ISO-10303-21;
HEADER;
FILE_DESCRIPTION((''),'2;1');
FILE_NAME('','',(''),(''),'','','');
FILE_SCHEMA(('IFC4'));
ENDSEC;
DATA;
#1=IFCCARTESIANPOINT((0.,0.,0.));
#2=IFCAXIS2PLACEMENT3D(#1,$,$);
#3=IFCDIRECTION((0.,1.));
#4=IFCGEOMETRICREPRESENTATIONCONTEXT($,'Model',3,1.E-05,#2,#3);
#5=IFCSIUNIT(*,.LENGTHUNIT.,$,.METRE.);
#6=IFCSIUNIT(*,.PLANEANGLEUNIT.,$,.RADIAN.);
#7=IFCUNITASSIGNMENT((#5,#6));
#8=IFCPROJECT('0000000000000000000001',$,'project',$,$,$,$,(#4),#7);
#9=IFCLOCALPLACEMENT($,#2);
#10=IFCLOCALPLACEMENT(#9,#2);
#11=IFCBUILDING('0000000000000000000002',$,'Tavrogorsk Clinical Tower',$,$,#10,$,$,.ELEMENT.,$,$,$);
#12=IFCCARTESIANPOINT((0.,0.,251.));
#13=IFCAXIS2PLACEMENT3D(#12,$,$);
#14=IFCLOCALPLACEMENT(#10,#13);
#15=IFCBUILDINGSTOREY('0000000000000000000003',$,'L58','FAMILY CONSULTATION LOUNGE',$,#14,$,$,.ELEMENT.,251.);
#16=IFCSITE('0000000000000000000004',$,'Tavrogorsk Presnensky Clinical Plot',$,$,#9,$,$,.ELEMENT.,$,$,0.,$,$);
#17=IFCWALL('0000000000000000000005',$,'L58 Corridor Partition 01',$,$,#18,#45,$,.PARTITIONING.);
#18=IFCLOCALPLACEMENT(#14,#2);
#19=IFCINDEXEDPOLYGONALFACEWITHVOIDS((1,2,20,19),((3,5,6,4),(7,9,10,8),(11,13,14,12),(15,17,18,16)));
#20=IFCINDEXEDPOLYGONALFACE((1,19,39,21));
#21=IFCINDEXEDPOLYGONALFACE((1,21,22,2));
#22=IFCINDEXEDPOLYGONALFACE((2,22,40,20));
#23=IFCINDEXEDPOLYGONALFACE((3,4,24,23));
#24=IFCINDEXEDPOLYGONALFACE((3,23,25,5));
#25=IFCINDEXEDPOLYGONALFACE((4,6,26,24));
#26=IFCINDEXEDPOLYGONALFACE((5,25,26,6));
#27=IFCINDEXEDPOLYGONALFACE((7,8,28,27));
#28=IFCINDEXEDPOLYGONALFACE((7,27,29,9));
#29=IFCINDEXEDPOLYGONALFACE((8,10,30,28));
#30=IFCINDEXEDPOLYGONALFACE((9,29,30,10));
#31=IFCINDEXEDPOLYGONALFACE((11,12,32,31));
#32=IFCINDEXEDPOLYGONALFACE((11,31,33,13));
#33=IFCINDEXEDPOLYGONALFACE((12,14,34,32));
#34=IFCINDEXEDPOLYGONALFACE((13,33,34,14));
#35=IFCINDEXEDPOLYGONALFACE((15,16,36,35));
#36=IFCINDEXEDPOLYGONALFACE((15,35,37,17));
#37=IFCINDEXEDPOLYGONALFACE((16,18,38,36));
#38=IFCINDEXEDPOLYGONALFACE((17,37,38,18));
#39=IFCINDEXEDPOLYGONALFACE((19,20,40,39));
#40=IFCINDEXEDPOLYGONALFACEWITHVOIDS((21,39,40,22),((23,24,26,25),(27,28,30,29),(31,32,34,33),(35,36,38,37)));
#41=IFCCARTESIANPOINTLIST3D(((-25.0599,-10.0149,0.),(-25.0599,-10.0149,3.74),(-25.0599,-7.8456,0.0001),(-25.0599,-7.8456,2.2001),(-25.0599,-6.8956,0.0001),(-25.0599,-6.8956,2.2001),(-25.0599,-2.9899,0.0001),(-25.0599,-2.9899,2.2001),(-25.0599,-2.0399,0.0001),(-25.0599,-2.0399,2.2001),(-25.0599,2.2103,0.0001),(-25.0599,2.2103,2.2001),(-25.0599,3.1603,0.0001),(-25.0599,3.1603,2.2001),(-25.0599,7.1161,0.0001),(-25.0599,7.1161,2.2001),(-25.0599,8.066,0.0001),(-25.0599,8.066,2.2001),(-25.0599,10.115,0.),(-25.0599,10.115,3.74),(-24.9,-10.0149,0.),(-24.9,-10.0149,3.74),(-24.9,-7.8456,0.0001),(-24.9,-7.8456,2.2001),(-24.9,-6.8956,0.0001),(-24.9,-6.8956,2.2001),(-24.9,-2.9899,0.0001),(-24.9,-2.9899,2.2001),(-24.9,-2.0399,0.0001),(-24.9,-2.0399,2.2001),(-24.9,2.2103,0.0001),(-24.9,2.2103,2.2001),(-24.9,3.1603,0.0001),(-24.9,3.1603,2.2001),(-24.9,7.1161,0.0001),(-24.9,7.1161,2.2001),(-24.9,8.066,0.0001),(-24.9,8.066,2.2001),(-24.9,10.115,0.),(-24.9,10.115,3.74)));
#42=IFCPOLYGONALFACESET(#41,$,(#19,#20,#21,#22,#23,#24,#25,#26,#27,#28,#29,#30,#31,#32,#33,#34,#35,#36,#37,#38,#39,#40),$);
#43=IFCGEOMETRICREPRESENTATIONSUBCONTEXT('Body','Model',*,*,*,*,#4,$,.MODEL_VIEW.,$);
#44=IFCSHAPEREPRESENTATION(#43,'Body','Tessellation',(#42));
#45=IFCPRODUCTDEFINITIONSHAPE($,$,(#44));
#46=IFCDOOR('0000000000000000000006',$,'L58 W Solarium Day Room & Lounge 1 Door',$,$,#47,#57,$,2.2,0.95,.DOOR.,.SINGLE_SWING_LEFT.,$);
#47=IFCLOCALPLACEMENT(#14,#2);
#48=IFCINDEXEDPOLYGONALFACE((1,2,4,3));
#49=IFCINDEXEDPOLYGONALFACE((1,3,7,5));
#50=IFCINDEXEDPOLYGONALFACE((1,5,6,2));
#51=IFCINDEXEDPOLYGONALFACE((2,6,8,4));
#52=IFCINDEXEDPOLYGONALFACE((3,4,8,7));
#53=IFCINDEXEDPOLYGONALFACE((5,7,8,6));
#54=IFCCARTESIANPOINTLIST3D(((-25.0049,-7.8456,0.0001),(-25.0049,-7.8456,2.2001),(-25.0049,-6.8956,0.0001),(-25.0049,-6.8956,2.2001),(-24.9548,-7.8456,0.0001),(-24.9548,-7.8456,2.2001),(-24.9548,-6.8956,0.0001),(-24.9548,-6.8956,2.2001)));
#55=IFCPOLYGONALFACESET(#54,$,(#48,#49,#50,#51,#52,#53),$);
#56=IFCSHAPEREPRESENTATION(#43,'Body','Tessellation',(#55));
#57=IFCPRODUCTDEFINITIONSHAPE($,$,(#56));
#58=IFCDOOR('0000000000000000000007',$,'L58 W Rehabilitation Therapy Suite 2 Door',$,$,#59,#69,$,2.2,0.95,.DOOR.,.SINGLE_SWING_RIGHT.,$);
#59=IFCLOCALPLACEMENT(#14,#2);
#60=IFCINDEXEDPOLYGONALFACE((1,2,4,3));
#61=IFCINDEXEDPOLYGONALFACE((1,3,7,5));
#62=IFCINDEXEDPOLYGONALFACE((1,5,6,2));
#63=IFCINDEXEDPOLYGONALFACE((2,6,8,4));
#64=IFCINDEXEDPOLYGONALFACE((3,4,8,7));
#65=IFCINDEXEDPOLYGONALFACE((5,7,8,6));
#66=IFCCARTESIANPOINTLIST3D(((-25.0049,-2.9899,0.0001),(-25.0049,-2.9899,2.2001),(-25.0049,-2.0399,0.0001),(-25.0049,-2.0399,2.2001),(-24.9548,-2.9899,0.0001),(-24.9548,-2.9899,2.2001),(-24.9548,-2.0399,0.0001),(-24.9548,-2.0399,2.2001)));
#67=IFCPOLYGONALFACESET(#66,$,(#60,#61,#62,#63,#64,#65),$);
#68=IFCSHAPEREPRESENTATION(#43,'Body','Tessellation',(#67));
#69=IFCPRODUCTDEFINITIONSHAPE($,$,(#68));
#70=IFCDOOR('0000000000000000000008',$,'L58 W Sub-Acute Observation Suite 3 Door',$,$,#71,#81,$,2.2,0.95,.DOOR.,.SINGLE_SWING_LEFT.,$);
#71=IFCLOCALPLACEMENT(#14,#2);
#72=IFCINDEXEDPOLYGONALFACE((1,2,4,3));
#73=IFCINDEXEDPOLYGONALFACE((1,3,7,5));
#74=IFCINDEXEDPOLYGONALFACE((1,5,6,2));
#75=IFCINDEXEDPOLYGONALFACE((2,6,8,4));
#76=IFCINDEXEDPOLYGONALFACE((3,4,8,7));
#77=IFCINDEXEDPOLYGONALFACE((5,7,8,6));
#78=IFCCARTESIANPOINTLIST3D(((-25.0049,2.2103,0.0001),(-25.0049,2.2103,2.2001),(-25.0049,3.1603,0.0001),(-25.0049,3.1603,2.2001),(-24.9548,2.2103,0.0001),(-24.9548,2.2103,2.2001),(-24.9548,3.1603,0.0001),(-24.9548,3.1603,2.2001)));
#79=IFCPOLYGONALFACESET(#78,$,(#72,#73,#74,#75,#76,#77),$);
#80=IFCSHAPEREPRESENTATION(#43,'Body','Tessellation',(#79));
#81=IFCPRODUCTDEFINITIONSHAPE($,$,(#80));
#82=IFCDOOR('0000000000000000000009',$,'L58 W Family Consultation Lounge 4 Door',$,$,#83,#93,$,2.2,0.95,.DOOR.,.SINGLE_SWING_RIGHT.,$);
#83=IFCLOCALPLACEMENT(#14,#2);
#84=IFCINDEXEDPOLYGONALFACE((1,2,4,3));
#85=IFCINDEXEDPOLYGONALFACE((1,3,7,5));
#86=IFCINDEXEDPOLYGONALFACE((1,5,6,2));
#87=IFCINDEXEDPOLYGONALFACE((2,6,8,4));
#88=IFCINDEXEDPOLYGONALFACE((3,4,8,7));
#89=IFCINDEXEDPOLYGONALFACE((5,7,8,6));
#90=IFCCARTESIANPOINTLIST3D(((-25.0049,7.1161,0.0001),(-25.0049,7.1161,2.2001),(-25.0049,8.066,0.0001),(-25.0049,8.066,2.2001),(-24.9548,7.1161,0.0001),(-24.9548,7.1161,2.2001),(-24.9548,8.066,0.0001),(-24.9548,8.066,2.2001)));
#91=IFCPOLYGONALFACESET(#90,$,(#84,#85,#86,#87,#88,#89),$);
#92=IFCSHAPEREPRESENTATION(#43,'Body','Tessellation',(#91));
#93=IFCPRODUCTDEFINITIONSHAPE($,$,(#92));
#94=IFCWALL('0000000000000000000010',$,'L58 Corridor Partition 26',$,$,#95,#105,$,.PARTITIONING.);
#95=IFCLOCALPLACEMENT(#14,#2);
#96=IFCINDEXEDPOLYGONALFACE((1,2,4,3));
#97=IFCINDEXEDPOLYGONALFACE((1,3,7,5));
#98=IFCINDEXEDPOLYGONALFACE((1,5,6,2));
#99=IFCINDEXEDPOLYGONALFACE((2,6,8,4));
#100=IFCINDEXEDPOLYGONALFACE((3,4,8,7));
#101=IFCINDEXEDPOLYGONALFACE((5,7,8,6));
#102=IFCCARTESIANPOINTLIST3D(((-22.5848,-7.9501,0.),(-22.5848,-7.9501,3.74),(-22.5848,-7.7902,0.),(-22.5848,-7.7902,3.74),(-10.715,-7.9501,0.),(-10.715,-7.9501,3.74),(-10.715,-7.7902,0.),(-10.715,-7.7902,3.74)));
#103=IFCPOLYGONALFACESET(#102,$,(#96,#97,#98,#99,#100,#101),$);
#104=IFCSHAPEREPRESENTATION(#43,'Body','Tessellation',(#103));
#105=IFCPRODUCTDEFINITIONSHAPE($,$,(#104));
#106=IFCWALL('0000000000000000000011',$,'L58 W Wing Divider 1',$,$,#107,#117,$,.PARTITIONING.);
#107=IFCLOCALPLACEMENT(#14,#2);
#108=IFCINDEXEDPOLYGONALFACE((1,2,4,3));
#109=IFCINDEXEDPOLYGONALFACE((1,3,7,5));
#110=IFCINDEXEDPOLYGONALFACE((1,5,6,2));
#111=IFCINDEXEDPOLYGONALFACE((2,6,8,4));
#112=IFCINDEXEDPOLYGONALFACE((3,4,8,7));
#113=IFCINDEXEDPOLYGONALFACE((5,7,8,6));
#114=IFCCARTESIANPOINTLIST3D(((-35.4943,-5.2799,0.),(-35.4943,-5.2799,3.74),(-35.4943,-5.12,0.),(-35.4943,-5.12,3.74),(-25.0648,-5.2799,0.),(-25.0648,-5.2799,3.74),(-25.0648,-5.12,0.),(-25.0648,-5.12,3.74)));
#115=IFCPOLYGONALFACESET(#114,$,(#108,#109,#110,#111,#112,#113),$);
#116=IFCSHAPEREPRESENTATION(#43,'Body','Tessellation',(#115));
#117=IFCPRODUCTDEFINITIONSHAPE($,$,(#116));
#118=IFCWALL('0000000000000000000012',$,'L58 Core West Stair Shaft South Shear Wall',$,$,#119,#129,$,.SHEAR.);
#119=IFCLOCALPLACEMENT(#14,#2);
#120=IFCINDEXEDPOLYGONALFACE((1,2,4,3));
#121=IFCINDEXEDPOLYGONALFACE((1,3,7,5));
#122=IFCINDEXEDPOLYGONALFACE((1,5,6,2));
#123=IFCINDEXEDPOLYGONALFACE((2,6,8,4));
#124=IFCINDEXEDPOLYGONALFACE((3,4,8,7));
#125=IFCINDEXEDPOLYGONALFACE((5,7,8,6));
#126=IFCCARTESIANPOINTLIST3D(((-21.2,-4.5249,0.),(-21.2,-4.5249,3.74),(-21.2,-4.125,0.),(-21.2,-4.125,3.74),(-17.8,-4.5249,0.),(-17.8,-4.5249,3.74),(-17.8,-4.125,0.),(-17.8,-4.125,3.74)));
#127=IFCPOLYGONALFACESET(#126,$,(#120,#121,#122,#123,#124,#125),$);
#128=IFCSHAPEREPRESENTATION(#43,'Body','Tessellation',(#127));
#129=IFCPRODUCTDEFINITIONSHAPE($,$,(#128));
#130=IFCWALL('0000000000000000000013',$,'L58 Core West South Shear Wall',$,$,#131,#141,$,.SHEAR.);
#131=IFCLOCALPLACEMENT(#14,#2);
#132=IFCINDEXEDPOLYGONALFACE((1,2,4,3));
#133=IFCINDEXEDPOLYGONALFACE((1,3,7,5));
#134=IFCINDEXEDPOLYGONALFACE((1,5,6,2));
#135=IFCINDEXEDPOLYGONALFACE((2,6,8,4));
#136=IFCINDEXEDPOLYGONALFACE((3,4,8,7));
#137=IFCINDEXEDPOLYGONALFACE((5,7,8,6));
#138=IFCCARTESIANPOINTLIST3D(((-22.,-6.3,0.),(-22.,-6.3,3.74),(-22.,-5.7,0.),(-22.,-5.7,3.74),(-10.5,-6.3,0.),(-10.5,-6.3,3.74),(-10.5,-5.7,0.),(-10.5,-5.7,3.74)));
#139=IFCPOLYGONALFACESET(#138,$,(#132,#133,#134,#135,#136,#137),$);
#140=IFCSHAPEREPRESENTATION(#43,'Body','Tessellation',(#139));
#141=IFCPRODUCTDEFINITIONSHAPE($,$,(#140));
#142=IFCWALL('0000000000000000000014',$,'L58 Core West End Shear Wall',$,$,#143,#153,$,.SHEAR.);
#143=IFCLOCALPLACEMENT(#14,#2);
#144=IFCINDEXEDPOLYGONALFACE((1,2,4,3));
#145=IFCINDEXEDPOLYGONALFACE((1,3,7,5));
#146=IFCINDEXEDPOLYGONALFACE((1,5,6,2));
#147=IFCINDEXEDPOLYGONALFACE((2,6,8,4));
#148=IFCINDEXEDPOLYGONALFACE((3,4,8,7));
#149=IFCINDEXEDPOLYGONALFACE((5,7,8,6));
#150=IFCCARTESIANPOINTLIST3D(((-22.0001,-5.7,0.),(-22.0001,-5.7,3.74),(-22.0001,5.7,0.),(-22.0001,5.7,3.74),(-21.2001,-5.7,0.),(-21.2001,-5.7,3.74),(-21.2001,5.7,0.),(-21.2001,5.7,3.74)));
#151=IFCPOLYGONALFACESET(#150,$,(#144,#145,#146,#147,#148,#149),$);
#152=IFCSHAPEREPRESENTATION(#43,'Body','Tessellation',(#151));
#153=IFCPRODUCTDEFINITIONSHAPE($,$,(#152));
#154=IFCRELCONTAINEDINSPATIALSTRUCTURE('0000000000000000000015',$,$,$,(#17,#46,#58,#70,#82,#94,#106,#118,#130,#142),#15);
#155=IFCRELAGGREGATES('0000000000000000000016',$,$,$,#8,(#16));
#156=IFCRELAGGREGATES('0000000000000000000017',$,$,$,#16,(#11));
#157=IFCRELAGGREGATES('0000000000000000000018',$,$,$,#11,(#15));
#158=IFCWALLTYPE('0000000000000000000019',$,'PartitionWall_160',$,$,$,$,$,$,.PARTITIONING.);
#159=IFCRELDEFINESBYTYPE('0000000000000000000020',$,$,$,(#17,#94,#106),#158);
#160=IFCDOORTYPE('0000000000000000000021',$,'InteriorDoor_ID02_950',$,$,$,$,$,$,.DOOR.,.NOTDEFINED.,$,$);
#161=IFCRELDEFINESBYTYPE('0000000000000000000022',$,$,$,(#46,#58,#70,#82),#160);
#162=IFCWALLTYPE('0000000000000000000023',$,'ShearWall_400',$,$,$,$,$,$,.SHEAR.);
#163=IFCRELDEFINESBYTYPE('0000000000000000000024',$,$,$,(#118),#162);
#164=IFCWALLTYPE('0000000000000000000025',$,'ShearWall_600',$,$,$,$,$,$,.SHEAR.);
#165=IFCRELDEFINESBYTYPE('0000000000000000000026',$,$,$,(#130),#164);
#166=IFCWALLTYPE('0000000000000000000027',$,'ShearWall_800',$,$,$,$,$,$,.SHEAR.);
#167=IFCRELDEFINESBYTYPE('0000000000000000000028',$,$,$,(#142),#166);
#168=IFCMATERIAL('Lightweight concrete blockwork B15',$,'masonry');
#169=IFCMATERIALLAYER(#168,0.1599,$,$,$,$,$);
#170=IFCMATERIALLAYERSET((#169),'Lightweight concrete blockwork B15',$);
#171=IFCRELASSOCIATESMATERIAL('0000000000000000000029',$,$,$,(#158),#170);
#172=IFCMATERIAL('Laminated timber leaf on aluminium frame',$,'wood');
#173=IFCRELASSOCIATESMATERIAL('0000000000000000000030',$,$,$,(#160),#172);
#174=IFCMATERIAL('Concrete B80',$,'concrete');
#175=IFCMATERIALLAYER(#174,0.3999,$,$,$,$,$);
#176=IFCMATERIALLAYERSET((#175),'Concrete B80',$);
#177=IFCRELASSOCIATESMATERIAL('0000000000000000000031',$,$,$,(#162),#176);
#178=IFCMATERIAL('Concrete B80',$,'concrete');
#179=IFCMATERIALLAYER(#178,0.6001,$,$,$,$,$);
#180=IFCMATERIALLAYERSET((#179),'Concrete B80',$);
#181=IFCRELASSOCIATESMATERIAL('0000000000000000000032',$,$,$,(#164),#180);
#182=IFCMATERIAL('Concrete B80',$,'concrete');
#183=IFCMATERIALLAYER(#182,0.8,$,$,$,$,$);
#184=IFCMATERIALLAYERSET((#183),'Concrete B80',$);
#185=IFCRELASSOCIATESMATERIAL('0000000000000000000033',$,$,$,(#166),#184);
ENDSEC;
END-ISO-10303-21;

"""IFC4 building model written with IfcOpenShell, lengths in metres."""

from ifc_helpers import new_model, si_unit, direction, frame, frame_2d, origin, place, context, subcontext, project, spatial, rectangle, extrude, material, layer, layer_set, type_object, element, fill, save


model = new_model("IFC4")

# Units and contexts
model_context = context("Model", 3, precision=1e-05, world=origin(), true_north=direction((0.0, 1.0)))
body_context = subcontext(model_context, "Body", "Model", "MODEL_VIEW")
ifc_project = project(units=[si_unit("LENGTHUNIT", "METRE"), si_unit("PLANEANGLEUNIT", "RADIAN")], contexts=[model_context])

# Site, building, storey
site_placement = place(None, origin())
site = spatial("IfcSite", under=ifc_project, at=site_placement, Name="Tavrogorsk Presnensky Clinical Plot", CompositionType="ELEMENT", RefElevation=0.0)
building_placement = place(site_placement, origin())
building = spatial("IfcBuilding", under=site, at=building_placement, Name="Tavrogorsk Clinical Tower", CompositionType="ELEMENT")
storey_placement = place(building_placement, frame((0.0, 0.0, 251.0)))
storey = spatial("IfcBuildingStorey", under=building, at=storey_placement, Name="L58", Description="FAMILY CONSULTATION LOUNGE", CompositionType="ELEMENT", Elevation=251.0)

# Wall, openings, doors
ifc_material_1 = material(Name="Lightweight concrete blockwork B15", Category="masonry")
ifc_layer_1 = layer(ifc_material_1, 0.1599)
ifc_layer_set_1 = layer_set([ifc_layer_1], Name="Lightweight concrete blockwork B15")
wall_type_1 = type_object("IfcWallType", Name="PartitionWall_160", PredefinedType="PARTITIONING", material=ifc_layer_set_1)
wall_1_placement = place(storey_placement, frame((-24.98, -10.0149, 0.0), z_axis=(0.0, 0.0, 1.0), x_axis=(0.0, 1.0, 0.0)))
wall_1 = element("IfcWall", 1, at=wall_1_placement, inside=storey, type_object=wall_type_1, Name="L58 Corridor Partition 01", PredefinedType="PARTITIONING", context=body_context, shape_type="SweptSolid", body=[
    extrude(rectangle(XDim=20.1299, YDim=0.1599, at=frame_2d((10.0649, 0.0))), origin(), (0.0, 0.0, 1.0), 3.74),
])
opening_1_placement = place(wall_1_placement, frame((2.1692, 0.0, 0.0)))
opening_1 = element("IfcOpeningElement", 2, at=opening_1_placement, cuts=wall_1, PredefinedType="OPENING", context=body_context, shape_type="SweptSolid", body=[
    extrude(rectangle(XDim=0.95, YDim=2.2, at=frame_2d((0.4751, 1.1001))), frame((0.0, 0.0898, 0.0), z_axis=(0.0, -1.0, 0.0), x_axis=(1.0, 0.0, 0.0)), (0.0, 0.0, 1.0), 0.1799),
])
opening_2_placement = place(wall_1_placement, frame((7.0249, 0.0, 0.0)))
opening_2 = element("IfcOpeningElement", 3, at=opening_2_placement, cuts=wall_1, PredefinedType="OPENING", context=body_context, shape_type="SweptSolid", body=[
    extrude(rectangle(XDim=0.95, YDim=2.2, at=frame_2d((0.4751, 1.1001))), frame((0.0, 0.0898, 0.0), z_axis=(0.0, -1.0, 0.0), x_axis=(1.0, 0.0, 0.0)), (0.0, 0.0, 1.0), 0.1799),
])
opening_3_placement = place(wall_1_placement, frame((12.2251, 0.0, 0.0)))
opening_3 = element("IfcOpeningElement", 4, at=opening_3_placement, cuts=wall_1, PredefinedType="OPENING", context=body_context, shape_type="SweptSolid", body=[
    extrude(rectangle(XDim=0.95, YDim=2.2, at=frame_2d((0.4751, 1.1001))), frame((0.0, 0.0898, 0.0), z_axis=(0.0, -1.0, 0.0), x_axis=(1.0, 0.0, 0.0)), (0.0, 0.0, 1.0), 0.1799),
])
opening_4_placement = place(wall_1_placement, frame((17.1309, 0.0, 0.0)))
opening_4 = element("IfcOpeningElement", 5, at=opening_4_placement, cuts=wall_1, PredefinedType="OPENING", context=body_context, shape_type="SweptSolid", body=[
    extrude(rectangle(XDim=0.95, YDim=2.2, at=frame_2d((0.4751, 1.1001))), frame((0.0, 0.0898, 0.0), z_axis=(0.0, -1.0, 0.0), x_axis=(1.0, 0.0, 0.0)), (0.0, 0.0, 1.0), 0.1799),
])
ifc_material_2 = material(Name="Laminated timber leaf on aluminium frame", Category="wood")
door_type = type_object("IfcDoorType", Name="InteriorDoor_ID02_950", OperationType="NOTDEFINED", PredefinedType="DOOR", material=ifc_material_2)
door_1_placement = place(opening_1_placement, origin())
door_1 = element("IfcDoor", 6, at=door_1_placement, inside=storey, type_object=door_type, Name="L58 W Solarium Day Room & Lounge 1 Door", OperationType="SINGLE_SWING_LEFT", OverallHeight=2.2, OverallWidth=0.95, PredefinedType="DOOR", context=body_context, shape_type="SweptSolid", body=[
    extrude(rectangle(XDim=0.95, YDim=2.2, at=frame_2d((0.4751, 1.1001))), frame((0.0, 0.0249, 0.0), z_axis=(0.0, -1.0, 0.0), x_axis=(1.0, 0.0, 0.0)), (0.0, 0.0, 1.0), 0.05),
])
fill(opening_1, door_1)
door_2_placement = place(opening_2_placement, origin())
door_2 = element("IfcDoor", 7, at=door_2_placement, inside=storey, type_object=door_type, Name="L58 W Rehabilitation Therapy Suite 2 Door", OperationType="SINGLE_SWING_RIGHT", OverallHeight=2.2, OverallWidth=0.95, PredefinedType="DOOR", context=body_context, shape_type="SweptSolid", body=[
    extrude(rectangle(XDim=0.95, YDim=2.2, at=frame_2d((0.4751, 1.1001))), frame((0.0, 0.0249, 0.0), z_axis=(0.0, -1.0, 0.0), x_axis=(1.0, 0.0, 0.0)), (0.0, 0.0, 1.0), 0.05),
])
fill(opening_2, door_2)
door_3_placement = place(opening_3_placement, origin())
door_3 = element("IfcDoor", 8, at=door_3_placement, inside=storey, type_object=door_type, Name="L58 W Sub-Acute Observation Suite 3 Door", OperationType="SINGLE_SWING_LEFT", OverallHeight=2.2, OverallWidth=0.95, PredefinedType="DOOR", context=body_context, shape_type="SweptSolid", body=[
    extrude(rectangle(XDim=0.95, YDim=2.2, at=frame_2d((0.4751, 1.1001))), frame((0.0, 0.0249, 0.0), z_axis=(0.0, -1.0, 0.0), x_axis=(1.0, 0.0, 0.0)), (0.0, 0.0, 1.0), 0.05),
])
fill(opening_3, door_3)
door_4_placement = place(opening_4_placement, origin())
door_4 = element("IfcDoor", 9, at=door_4_placement, inside=storey, type_object=door_type, Name="L58 W Family Consultation Lounge 4 Door", OperationType="SINGLE_SWING_RIGHT", OverallHeight=2.2, OverallWidth=0.95, PredefinedType="DOOR", context=body_context, shape_type="SweptSolid", body=[
    extrude(rectangle(XDim=0.95, YDim=2.2, at=frame_2d((0.4751, 1.1001))), frame((0.0, 0.0249, 0.0), z_axis=(0.0, -1.0, 0.0), x_axis=(1.0, 0.0, 0.0)), (0.0, 0.0, 1.0), 0.05),
])
fill(opening_4, door_4)

# Walls
wall_2_placement = place(storey_placement, frame((-22.585, -7.8701, 0.0), z_axis=(0.0, 0.0, 1.0), x_axis=(1.0, 0.0, 0.0)))
element("IfcWall", 10, at=wall_2_placement, inside=storey, type_object=wall_type_1, Name="L58 Corridor Partition 26", PredefinedType="PARTITIONING", context=body_context, shape_type="SweptSolid", body=[
    extrude(rectangle(XDim=11.8699, YDim=0.1599, at=frame_2d((5.9351, 0.0))), origin(), (0.0, 0.0, 1.0), 3.74),
])
wall_3_placement = place(storey_placement, frame((-35.4944, -5.2, 0.0), z_axis=(0.0, 0.0, 1.0), x_axis=(1.0, 0.0, 0.0)))
element("IfcWall", 11, at=wall_3_placement, inside=storey, type_object=wall_type_1, Name="L58 W Wing Divider 1", PredefinedType="PARTITIONING", context=body_context, shape_type="SweptSolid", body=[
    extrude(rectangle(XDim=10.4294, YDim=0.1599, at=frame_2d((5.2148, 0.0))), origin(), (0.0, 0.0, 1.0), 3.74),
])
ifc_material_3 = material(Name="Concrete B80", Category="concrete")
ifc_layer_2 = layer(ifc_material_3, 0.3999)
ifc_layer_set_2 = layer_set([ifc_layer_2], Name="Concrete B80")
wall_type_2 = type_object("IfcWallType", Name="ShearWall_400", PredefinedType="SHEAR", material=ifc_layer_set_2)
wall_4_placement = place(storey_placement, frame((-21.2, -4.325, 0.0), z_axis=(0.0, 0.0, 1.0), x_axis=(1.0, 0.0, 0.0)))
element("IfcWall", 12, at=wall_4_placement, inside=storey, type_object=wall_type_2, Name="L58 Core West Stair Shaft South Shear Wall", PredefinedType="SHEAR", context=body_context, shape_type="SweptSolid", body=[
    extrude(rectangle(XDim=3.3999, YDim=0.3999, at=frame_2d((1.7, 0.0))), origin(), (0.0, 0.0, 1.0), 3.74),
])
ifc_material_4 = material(Name="Concrete B80", Category="concrete")
ifc_layer_3 = layer(ifc_material_4, 0.6001)
ifc_layer_set_3 = layer_set([ifc_layer_3], Name="Concrete B80")
wall_type_3 = type_object("IfcWallType", Name="ShearWall_600", PredefinedType="SHEAR", material=ifc_layer_set_3)
wall_5_placement = place(storey_placement, frame((-22.0, -6.0, 0.0), z_axis=(0.0, 0.0, 1.0), x_axis=(1.0, 0.0, 0.0)))
element("IfcWall", 13, at=wall_5_placement, inside=storey, type_object=wall_type_3, Name="L58 Core West South Shear Wall", PredefinedType="SHEAR", context=body_context, shape_type="SweptSolid", body=[
    extrude(rectangle(XDim=11.5, YDim=0.6001, at=frame_2d((5.75, 0.0))), origin(), (0.0, 0.0, 1.0), 3.74),
])
ifc_material_5 = material(Name="Concrete B80", Category="concrete")
ifc_layer_4 = layer(ifc_material_5, 0.8)
ifc_layer_set_4 = layer_set([ifc_layer_4], Name="Concrete B80")
wall_type_4 = type_object("IfcWallType", Name="ShearWall_800", PredefinedType="SHEAR", material=ifc_layer_set_4)
wall_6_placement = place(storey_placement, frame((-21.6001, -5.7, 0.0), z_axis=(0.0, 0.0, 1.0), x_axis=(0.0, 1.0, 0.0)))
element("IfcWall", 14, at=wall_6_placement, inside=storey, type_object=wall_type_4, Name="L58 Core West End Shear Wall", PredefinedType="SHEAR", context=body_context, shape_type="SweptSolid", body=[
    extrude(rectangle(XDim=11.3999, YDim=0.8, at=frame_2d((5.7, 0.0))), origin(), (0.0, 0.0, 1.0), 3.74),
])

save(model, "model.ifc")
